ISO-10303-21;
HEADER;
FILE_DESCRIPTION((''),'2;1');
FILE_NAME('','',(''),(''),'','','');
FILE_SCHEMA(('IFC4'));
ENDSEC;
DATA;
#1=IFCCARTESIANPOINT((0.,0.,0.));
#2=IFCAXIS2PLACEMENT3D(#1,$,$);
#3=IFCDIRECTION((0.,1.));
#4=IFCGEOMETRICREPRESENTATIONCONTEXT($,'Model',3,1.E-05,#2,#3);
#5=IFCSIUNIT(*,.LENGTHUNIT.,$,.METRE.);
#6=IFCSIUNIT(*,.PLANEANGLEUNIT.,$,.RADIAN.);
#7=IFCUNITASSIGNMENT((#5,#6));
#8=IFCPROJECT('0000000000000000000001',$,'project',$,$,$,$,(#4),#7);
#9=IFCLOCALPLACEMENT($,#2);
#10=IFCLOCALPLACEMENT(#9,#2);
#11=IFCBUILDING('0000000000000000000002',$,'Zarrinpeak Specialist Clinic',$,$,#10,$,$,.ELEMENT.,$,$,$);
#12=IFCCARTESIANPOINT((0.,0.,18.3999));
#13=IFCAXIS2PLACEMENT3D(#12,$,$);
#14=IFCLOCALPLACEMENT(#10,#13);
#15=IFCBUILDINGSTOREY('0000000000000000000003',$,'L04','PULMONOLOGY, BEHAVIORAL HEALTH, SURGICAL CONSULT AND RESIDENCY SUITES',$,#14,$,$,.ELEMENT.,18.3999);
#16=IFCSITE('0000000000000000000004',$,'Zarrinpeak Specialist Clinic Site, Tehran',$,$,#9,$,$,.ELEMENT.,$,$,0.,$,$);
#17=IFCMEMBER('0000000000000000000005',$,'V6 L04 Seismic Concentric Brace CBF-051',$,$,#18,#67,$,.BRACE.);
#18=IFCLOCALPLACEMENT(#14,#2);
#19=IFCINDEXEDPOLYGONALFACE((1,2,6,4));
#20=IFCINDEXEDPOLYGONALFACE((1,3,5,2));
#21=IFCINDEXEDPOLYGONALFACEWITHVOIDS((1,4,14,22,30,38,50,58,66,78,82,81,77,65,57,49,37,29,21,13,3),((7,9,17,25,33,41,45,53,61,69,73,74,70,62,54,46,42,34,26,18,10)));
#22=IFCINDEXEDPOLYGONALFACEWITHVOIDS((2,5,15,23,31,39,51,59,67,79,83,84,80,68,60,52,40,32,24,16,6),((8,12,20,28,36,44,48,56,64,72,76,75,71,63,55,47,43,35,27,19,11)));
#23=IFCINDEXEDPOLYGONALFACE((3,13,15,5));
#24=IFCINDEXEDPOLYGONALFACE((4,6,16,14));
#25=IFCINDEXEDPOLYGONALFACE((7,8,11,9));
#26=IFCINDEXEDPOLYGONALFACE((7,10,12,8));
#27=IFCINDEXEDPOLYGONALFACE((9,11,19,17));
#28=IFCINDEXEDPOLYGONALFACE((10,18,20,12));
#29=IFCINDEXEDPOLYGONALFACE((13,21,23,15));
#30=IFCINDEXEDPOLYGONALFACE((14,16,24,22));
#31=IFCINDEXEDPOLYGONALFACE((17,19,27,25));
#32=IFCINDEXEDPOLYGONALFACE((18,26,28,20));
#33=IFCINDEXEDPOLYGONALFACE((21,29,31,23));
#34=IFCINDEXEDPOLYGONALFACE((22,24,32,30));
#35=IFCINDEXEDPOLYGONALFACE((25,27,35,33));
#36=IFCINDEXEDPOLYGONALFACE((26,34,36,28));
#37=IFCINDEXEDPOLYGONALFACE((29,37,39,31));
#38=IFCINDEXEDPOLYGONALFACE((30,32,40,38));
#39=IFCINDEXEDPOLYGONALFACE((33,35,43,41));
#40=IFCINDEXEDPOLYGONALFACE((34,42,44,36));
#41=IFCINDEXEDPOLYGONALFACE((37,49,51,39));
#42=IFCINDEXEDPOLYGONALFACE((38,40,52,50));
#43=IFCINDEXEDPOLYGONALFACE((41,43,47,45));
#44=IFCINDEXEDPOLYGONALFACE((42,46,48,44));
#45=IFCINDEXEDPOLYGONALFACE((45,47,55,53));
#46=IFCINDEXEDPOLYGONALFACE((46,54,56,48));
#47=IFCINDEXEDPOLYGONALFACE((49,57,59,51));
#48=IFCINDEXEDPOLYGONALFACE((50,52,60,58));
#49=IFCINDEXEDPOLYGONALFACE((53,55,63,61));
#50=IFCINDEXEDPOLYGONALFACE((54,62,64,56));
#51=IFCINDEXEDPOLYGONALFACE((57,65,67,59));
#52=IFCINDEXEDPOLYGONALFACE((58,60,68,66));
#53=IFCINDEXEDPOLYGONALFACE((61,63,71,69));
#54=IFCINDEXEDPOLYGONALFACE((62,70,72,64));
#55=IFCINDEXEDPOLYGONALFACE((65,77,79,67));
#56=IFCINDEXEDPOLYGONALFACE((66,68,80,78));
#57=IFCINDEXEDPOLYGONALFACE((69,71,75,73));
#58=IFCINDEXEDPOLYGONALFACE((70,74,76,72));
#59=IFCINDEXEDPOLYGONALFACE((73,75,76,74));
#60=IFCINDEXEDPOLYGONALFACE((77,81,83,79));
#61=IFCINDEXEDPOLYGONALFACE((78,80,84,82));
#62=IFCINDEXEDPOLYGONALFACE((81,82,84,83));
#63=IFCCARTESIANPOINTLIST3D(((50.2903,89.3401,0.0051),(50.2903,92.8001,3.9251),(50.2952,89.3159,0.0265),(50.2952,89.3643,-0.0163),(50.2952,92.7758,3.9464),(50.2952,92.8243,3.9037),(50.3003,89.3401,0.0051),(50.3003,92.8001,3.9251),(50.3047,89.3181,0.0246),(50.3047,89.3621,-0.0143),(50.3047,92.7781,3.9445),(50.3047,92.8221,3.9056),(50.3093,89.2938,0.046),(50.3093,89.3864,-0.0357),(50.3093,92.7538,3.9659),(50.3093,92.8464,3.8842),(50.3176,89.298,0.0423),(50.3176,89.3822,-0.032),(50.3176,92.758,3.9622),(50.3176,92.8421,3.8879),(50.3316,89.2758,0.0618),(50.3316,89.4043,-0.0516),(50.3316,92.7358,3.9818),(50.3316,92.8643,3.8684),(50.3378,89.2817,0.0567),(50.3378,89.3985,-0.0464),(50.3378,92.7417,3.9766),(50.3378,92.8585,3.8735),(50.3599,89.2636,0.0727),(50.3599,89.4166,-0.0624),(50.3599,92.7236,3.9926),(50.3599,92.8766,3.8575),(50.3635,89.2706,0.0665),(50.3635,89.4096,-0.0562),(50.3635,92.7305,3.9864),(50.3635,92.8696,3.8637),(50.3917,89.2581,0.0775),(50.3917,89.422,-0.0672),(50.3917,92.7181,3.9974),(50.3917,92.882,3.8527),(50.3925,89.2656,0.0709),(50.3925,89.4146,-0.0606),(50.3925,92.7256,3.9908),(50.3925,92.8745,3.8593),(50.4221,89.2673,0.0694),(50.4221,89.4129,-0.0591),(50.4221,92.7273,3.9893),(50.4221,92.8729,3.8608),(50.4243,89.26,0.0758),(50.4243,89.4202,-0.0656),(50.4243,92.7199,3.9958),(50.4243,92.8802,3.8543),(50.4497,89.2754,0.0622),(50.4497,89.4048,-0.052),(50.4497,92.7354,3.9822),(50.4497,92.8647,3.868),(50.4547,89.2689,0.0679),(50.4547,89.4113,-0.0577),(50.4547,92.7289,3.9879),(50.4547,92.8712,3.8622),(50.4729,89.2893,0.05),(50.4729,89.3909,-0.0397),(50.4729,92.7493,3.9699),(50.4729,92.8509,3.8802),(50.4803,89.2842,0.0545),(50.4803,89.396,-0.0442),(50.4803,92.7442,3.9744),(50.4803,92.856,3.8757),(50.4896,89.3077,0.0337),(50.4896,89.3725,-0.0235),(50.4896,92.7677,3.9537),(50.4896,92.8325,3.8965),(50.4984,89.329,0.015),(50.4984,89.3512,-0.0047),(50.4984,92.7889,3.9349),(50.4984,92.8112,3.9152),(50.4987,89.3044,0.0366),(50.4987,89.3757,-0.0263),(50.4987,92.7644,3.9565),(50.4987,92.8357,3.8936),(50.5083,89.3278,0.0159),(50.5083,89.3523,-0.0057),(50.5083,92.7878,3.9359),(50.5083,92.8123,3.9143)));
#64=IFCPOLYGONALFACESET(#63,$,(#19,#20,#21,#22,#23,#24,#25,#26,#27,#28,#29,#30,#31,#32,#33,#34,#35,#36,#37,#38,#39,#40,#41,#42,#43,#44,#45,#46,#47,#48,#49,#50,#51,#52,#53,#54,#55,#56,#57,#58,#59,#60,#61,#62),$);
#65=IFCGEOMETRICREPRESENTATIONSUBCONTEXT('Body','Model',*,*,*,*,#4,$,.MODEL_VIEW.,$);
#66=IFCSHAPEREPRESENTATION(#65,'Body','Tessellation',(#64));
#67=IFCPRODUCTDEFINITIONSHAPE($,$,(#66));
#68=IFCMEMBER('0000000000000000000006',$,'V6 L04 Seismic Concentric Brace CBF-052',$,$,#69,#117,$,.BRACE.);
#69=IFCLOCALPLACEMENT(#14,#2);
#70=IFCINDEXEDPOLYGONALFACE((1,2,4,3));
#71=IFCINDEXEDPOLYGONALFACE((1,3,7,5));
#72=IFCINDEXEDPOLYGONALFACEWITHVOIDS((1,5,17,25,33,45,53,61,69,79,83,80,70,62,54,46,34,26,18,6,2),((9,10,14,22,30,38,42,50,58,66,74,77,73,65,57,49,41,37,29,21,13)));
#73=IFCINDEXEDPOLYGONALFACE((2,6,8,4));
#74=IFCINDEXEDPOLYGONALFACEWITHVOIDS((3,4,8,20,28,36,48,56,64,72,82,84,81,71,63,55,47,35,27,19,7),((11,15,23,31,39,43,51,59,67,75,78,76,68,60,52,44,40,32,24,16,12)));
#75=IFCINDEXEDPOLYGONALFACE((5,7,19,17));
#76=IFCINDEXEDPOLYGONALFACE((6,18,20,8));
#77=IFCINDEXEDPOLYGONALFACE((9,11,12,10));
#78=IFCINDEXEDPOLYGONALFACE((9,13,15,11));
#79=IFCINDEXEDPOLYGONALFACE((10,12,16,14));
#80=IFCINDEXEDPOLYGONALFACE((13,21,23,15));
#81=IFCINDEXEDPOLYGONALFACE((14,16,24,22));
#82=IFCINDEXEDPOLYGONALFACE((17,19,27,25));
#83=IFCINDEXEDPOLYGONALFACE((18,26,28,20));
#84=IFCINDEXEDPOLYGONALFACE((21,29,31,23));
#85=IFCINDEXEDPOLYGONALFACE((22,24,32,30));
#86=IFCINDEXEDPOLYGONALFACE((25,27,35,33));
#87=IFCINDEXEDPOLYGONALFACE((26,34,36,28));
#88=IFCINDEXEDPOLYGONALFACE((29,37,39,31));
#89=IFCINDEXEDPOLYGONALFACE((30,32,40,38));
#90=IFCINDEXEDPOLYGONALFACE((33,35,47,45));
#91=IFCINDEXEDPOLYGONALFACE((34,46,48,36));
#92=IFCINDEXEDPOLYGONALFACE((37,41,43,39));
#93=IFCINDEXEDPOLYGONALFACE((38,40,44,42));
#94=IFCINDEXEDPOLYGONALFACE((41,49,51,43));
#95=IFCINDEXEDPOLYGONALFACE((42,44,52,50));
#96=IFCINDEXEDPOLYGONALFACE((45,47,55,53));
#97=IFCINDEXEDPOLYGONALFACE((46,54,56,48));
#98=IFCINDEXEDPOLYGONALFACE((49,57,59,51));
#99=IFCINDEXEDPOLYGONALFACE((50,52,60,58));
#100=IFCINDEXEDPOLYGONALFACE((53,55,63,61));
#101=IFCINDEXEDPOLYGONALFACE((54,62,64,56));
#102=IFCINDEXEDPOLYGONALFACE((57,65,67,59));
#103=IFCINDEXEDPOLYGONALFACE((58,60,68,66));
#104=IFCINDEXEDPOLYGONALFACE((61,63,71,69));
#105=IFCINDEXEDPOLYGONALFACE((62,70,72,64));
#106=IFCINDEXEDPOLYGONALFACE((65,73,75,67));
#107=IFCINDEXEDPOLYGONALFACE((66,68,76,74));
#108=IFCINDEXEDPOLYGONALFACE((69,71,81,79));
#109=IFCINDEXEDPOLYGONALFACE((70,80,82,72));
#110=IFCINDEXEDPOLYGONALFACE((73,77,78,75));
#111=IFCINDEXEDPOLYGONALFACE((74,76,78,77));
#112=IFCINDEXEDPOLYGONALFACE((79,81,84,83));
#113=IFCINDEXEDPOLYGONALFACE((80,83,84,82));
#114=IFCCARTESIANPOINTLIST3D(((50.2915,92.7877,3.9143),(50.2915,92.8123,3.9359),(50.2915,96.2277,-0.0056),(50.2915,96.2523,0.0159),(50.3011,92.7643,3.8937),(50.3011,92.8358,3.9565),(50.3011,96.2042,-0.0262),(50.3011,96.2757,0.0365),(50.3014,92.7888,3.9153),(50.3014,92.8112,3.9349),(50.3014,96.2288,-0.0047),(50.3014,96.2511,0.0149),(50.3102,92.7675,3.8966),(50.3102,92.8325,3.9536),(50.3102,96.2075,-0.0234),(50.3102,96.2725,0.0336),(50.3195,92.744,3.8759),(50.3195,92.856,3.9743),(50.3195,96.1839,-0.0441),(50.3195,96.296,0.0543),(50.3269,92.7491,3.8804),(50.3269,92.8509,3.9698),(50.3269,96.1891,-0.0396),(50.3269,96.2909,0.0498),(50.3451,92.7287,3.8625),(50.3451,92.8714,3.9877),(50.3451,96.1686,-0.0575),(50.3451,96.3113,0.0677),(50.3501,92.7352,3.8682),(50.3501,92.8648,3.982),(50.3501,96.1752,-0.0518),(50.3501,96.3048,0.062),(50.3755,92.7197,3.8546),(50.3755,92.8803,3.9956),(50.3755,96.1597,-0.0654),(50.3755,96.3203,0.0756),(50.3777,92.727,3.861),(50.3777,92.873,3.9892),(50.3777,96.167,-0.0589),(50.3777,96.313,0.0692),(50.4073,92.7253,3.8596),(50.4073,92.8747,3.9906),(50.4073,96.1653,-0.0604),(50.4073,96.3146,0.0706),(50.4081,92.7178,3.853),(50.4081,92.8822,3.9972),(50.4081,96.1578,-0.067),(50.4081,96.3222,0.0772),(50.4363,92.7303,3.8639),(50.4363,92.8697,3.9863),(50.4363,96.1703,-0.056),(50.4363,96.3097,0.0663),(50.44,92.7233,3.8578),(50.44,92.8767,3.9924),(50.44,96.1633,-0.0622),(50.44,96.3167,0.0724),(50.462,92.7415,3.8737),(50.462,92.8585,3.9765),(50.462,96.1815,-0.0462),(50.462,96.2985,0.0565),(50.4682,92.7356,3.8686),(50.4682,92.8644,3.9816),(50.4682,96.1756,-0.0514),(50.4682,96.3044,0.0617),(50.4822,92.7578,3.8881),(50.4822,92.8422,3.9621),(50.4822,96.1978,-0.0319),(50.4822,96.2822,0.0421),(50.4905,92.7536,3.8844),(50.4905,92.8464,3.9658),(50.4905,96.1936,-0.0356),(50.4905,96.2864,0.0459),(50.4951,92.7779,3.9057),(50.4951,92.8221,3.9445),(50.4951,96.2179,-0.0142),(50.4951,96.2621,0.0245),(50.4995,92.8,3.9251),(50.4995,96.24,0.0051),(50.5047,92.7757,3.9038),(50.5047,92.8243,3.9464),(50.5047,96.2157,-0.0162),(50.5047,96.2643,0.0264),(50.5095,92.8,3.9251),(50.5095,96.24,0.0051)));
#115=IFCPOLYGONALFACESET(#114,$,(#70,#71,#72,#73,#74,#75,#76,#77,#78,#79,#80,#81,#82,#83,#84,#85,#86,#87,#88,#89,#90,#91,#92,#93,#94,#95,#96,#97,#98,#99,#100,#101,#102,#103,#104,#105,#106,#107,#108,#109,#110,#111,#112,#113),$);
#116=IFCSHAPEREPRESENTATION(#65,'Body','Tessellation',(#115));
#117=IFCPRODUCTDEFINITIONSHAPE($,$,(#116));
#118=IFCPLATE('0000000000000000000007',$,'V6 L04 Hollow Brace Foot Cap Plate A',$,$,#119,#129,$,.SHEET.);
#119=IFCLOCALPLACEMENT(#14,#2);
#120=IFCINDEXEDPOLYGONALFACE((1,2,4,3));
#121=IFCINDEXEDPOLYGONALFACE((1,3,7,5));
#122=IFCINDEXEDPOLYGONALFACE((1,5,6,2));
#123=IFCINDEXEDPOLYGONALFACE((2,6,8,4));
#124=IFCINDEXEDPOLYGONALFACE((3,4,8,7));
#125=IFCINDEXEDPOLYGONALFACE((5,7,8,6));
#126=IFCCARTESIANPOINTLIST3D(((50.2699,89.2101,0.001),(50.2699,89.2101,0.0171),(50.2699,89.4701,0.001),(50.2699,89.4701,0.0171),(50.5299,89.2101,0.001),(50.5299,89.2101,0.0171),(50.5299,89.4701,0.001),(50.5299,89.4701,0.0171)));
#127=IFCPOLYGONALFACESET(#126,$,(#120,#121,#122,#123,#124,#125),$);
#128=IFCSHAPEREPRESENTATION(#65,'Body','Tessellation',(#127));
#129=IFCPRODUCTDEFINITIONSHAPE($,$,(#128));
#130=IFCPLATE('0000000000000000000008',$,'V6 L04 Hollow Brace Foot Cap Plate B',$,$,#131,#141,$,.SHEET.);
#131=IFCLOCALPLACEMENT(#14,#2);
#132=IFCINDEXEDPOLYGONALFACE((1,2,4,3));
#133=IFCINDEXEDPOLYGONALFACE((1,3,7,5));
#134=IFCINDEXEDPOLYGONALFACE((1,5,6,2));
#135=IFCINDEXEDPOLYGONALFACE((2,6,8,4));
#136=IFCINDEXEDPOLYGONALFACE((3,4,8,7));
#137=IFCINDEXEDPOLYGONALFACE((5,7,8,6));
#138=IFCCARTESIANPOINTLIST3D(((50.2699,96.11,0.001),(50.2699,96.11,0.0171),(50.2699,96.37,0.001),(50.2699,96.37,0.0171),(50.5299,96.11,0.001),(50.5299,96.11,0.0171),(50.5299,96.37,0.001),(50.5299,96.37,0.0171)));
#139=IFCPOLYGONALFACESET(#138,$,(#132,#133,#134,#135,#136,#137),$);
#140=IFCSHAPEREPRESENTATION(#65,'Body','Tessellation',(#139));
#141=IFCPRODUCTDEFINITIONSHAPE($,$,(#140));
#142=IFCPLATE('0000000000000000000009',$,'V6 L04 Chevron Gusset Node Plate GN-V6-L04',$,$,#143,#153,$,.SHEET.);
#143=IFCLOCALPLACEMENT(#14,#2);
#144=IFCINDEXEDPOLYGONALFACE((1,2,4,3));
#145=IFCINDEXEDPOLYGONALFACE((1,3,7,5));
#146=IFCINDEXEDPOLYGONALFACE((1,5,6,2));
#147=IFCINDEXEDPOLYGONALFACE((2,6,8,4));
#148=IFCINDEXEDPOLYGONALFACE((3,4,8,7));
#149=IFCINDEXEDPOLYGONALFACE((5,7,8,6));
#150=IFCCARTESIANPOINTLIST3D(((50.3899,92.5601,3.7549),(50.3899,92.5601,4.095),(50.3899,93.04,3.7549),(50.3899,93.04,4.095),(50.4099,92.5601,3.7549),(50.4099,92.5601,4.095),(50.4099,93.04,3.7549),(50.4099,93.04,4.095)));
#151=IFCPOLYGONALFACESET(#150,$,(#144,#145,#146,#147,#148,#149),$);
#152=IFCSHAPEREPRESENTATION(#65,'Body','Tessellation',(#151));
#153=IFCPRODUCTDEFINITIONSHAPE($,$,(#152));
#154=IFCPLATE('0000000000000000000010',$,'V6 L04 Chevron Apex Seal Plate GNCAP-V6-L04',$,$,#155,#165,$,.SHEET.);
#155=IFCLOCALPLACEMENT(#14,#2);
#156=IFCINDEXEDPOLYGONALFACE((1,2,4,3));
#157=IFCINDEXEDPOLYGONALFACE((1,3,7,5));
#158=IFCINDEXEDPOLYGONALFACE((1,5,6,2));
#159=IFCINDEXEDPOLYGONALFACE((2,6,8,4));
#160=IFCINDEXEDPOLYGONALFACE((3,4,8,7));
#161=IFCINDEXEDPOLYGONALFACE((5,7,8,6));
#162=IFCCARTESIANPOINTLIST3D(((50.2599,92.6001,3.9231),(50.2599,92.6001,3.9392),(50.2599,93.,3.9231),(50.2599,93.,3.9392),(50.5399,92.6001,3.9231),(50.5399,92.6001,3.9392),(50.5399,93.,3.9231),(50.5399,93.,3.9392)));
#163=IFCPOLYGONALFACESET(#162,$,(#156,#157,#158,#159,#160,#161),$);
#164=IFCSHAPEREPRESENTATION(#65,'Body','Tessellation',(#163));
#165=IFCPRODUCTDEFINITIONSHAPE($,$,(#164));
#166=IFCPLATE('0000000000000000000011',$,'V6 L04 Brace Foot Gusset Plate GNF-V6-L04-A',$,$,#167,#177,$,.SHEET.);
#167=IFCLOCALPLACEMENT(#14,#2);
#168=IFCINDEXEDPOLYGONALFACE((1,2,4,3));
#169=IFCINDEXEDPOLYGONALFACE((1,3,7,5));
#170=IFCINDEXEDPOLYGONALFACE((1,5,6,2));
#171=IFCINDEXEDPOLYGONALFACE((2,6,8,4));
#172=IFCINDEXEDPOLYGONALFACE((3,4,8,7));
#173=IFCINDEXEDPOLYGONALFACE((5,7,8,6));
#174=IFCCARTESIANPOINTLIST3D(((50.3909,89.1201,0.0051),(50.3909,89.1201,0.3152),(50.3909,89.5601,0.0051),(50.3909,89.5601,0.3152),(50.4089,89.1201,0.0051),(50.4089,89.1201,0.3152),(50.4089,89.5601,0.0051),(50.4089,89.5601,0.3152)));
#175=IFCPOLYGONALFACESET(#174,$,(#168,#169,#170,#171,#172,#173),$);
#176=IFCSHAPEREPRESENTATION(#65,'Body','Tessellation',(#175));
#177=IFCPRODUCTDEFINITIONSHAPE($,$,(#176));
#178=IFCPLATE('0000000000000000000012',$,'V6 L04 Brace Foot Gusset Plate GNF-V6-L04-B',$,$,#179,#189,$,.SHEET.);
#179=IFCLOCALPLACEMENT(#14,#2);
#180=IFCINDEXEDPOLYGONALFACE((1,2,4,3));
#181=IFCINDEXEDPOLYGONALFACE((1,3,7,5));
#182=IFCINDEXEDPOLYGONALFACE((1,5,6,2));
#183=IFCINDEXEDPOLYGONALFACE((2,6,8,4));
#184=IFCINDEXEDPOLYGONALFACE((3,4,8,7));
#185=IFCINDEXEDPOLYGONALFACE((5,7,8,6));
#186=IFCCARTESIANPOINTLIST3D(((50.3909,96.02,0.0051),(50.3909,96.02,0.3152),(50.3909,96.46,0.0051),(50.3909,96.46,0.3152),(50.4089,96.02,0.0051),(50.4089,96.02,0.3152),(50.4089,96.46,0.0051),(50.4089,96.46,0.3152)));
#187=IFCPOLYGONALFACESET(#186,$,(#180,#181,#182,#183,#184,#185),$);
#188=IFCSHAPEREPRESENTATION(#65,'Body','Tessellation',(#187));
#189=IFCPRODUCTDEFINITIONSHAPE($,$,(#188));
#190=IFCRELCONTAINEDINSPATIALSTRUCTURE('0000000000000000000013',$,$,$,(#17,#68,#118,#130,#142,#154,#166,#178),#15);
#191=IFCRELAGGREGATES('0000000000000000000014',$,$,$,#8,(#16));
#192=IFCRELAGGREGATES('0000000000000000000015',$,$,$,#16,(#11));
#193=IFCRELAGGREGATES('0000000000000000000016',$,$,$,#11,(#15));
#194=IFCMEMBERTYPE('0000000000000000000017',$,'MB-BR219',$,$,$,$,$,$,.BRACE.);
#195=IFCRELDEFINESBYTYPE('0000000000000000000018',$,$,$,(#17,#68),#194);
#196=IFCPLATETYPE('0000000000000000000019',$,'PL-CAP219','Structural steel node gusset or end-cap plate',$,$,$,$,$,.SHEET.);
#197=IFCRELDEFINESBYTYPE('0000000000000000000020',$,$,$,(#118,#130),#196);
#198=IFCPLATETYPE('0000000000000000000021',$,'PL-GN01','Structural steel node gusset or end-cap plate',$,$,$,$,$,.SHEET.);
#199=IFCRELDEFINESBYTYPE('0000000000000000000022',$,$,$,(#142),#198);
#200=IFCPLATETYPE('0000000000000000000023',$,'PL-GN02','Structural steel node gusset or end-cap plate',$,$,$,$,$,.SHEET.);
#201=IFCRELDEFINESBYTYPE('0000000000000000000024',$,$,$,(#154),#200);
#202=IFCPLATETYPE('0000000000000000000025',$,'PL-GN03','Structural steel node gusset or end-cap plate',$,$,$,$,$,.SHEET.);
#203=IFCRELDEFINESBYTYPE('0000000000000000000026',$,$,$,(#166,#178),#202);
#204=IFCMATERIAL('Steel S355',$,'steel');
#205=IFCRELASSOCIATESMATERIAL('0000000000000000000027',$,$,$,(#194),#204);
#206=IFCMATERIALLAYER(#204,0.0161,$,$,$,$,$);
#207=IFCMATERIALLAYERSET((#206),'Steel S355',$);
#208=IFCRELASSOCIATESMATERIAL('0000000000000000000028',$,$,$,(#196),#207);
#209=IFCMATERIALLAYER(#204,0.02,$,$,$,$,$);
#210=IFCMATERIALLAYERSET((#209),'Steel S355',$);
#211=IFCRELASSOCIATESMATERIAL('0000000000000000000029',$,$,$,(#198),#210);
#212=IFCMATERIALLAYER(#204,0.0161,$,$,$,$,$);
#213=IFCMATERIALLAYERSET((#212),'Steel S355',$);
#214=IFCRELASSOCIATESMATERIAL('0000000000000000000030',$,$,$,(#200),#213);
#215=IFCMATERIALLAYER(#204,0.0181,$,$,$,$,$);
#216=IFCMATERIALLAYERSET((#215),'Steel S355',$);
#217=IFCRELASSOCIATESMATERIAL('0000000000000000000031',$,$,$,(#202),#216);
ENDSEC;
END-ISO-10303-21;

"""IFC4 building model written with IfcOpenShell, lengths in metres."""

from ifc_helpers import new_model, si_unit, direction, frame, origin, origin_2d, place, context, subcontext, project, spatial, rectangle, hollow_circle, extrude, material, layer, layer_set, material_profile, profile_set, type_object, element, save


model = new_model("IFC4")

# Units and contexts
model_context = context("Model", 3, precision=1e-05, world=origin(), true_north=direction((0.0, 1.0)))
body_context = subcontext(model_context, "Body", "Model", "MODEL_VIEW")
ifc_project = project(units=[si_unit("LENGTHUNIT", "METRE"), si_unit("PLANEANGLEUNIT", "RADIAN")], contexts=[model_context])

# Site, building, storey
site_placement = place(None, origin())
site = spatial("IfcSite", under=ifc_project, at=site_placement, Name="Zarrinpeak Specialist Clinic Site, Tehran", CompositionType="ELEMENT", RefElevation=0.0)
building_placement = place(site_placement, origin())
building = spatial("IfcBuilding", under=site, at=building_placement, Name="Zarrinpeak Specialist Clinic", CompositionType="ELEMENT")
storey_placement = place(building_placement, frame((0.0, 0.0, 18.3999)))
storey = spatial("IfcBuildingStorey", under=building, at=storey_placement, Name="L04", Description="PULMONOLOGY, BEHAVIORAL HEALTH, SURGICAL CONSULT AND RESIDENCY SUITES", CompositionType="ELEMENT", Elevation=18.3999)

# Shared definitions
ifc_material_1 = material(Name="Steel S355", Category="steel")

# Members
ifc_material_profile_1 = material_profile(ifc_material_1, hollow_circle(Radius=0.1096, WallThickness=0.01, at=origin_2d()), Name="CHS 219.1x10.0")
ifc_profile_set_1 = profile_set([ifc_material_profile_1], Name="Steel S355")
member_type_1 = type_object("IfcMemberType", Name="MB-BR219", PredefinedType="BRACE", material=ifc_profile_set_1)
member_1_placement = place(storey_placement, frame((50.3999, 89.3401, 0.0051), z_axis=(0.0, 0.661751, 0.749723), x_axis=(-1.0, 0.0, 0.0)))
element("IfcMember", 1, at=member_1_placement, inside=storey, type_object=member_type_1, Name="V6 L04 Seismic Concentric Brace CBF-051", PredefinedType="BRACE", context=body_context, shape_type="SweptSolid", body=[
    extrude(hollow_circle(Radius=0.1096, WallThickness=0.01, at=origin_2d()), origin(), (0.0, 0.0, 1.0), 5.2285),
])
member_2_placement = place(storey_placement, frame((50.3999, 96.24, 0.0051), z_axis=(0.0, -0.659591, 0.751625), x_axis=(1.0, 0.0, 0.0)))
element("IfcMember", 2, at=member_2_placement, inside=storey, type_object=member_type_1, Name="V6 L04 Seismic Concentric Brace CBF-052", PredefinedType="BRACE", context=body_context, shape_type="SweptSolid", body=[
    extrude(hollow_circle(Radius=0.1096, WallThickness=0.01, at=origin_2d()), origin(), (0.0, 0.0, 1.0), 5.2153),
])

# Plates
ifc_layer_1 = layer(ifc_material_1, 0.0161)
ifc_layer_set_1 = layer_set([ifc_layer_1], Name="Steel S355")
plate_type_1 = type_object("IfcPlateType", Name="PL-CAP219", Description="Structural steel node gusset or end-cap plate", PredefinedType="SHEET", material=ifc_layer_set_1)
for number, where, z_axis, x_axis, name in (
    (3, (50.3999, 89.3401, 0.001), (0.0, 0.0, 1.0), (1.0, 0.0, 0.0), "V6 L04 Hollow Brace Foot Cap Plate A"),
    (4, (50.3999, 96.24, 0.001), (0.0, 0.0, 1.0), (1.0, 0.0, 0.0), "V6 L04 Hollow Brace Foot Cap Plate B"),
):
    element("IfcPlate", number, at=place(storey_placement, frame(where, z_axis=z_axis, x_axis=x_axis)), inside=storey, type_object=plate_type_1, Name=name, PredefinedType="SHEET", context=body_context, shape_type="SweptSolid", body=[
        extrude(rectangle(XDim=0.26, YDim=0.26, at=origin_2d()), origin(), (0.0, 0.0, 1.0), 0.0161),
    ])
ifc_layer_2 = layer(ifc_material_1, 0.02)
ifc_layer_set_2 = layer_set([ifc_layer_2], Name="Steel S355")
plate_type_2 = type_object("IfcPlateType", Name="PL-GN01", Description="Structural steel node gusset or end-cap plate", PredefinedType="SHEET", material=ifc_layer_set_2)
plate_1_placement = place(storey_placement, frame((50.3999, 92.8, 3.7549), z_axis=(0.0, 0.0, 1.0), x_axis=(1.0, 0.0, 0.0)))
element("IfcPlate", 5, at=plate_1_placement, inside=storey, type_object=plate_type_2, Name="V6 L04 Chevron Gusset Node Plate GN-V6-L04", PredefinedType="SHEET", context=body_context, shape_type="SweptSolid", body=[
    extrude(rectangle(XDim=0.02, YDim=0.48, at=origin_2d()), origin(), (0.0, 0.0, 1.0), 0.3401),
])
ifc_layer_3 = layer(ifc_material_1, 0.0161)
ifc_layer_set_3 = layer_set([ifc_layer_3], Name="Steel S355")
plate_type_3 = type_object("IfcPlateType", Name="PL-GN02", Description="Structural steel node gusset or end-cap plate", PredefinedType="SHEET", material=ifc_layer_set_3)
plate_2_placement = place(storey_placement, frame((50.3999, 92.8, 3.9231), z_axis=(0.0, 0.0, 1.0), x_axis=(1.0, 0.0, 0.0)))
element("IfcPlate", 6, at=plate_2_placement, inside=storey, type_object=plate_type_3, Name="V6 L04 Chevron Apex Seal Plate GNCAP-V6-L04", PredefinedType="SHEET", context=body_context, shape_type="SweptSolid", body=[
    extrude(rectangle(XDim=0.28, YDim=0.3999, at=origin_2d()), origin(), (0.0, 0.0, 1.0), 0.0161),
])
ifc_layer_4 = layer(ifc_material_1, 0.0181)
ifc_layer_set_4 = layer_set([ifc_layer_4], Name="Steel S355")
plate_type_4 = type_object("IfcPlateType", Name="PL-GN03", Description="Structural steel node gusset or end-cap plate", PredefinedType="SHEET", material=ifc_layer_set_4)
for number, where, z_axis, x_axis, name in (
    (7, (50.3999, 89.3401, 0.0051), (0.0, 0.0, 1.0), (1.0, 0.0, 0.0), "V6 L04 Brace Foot Gusset Plate GNF-V6-L04-A"),
    (8, (50.3999, 96.24, 0.0051), (0.0, 0.0, 1.0), (1.0, 0.0, 0.0), "V6 L04 Brace Foot Gusset Plate GNF-V6-L04-B"),
):
    element("IfcPlate", number, at=place(storey_placement, frame(where, z_axis=z_axis, x_axis=x_axis)), inside=storey, type_object=plate_type_4, Name=name, PredefinedType="SHEET", context=body_context, shape_type="SweptSolid", body=[
        extrude(rectangle(XDim=0.0181, YDim=0.4399, at=origin_2d()), origin(), (0.0, 0.0, 1.0), 0.3101),
    ])

save(model, "model.ifc")
